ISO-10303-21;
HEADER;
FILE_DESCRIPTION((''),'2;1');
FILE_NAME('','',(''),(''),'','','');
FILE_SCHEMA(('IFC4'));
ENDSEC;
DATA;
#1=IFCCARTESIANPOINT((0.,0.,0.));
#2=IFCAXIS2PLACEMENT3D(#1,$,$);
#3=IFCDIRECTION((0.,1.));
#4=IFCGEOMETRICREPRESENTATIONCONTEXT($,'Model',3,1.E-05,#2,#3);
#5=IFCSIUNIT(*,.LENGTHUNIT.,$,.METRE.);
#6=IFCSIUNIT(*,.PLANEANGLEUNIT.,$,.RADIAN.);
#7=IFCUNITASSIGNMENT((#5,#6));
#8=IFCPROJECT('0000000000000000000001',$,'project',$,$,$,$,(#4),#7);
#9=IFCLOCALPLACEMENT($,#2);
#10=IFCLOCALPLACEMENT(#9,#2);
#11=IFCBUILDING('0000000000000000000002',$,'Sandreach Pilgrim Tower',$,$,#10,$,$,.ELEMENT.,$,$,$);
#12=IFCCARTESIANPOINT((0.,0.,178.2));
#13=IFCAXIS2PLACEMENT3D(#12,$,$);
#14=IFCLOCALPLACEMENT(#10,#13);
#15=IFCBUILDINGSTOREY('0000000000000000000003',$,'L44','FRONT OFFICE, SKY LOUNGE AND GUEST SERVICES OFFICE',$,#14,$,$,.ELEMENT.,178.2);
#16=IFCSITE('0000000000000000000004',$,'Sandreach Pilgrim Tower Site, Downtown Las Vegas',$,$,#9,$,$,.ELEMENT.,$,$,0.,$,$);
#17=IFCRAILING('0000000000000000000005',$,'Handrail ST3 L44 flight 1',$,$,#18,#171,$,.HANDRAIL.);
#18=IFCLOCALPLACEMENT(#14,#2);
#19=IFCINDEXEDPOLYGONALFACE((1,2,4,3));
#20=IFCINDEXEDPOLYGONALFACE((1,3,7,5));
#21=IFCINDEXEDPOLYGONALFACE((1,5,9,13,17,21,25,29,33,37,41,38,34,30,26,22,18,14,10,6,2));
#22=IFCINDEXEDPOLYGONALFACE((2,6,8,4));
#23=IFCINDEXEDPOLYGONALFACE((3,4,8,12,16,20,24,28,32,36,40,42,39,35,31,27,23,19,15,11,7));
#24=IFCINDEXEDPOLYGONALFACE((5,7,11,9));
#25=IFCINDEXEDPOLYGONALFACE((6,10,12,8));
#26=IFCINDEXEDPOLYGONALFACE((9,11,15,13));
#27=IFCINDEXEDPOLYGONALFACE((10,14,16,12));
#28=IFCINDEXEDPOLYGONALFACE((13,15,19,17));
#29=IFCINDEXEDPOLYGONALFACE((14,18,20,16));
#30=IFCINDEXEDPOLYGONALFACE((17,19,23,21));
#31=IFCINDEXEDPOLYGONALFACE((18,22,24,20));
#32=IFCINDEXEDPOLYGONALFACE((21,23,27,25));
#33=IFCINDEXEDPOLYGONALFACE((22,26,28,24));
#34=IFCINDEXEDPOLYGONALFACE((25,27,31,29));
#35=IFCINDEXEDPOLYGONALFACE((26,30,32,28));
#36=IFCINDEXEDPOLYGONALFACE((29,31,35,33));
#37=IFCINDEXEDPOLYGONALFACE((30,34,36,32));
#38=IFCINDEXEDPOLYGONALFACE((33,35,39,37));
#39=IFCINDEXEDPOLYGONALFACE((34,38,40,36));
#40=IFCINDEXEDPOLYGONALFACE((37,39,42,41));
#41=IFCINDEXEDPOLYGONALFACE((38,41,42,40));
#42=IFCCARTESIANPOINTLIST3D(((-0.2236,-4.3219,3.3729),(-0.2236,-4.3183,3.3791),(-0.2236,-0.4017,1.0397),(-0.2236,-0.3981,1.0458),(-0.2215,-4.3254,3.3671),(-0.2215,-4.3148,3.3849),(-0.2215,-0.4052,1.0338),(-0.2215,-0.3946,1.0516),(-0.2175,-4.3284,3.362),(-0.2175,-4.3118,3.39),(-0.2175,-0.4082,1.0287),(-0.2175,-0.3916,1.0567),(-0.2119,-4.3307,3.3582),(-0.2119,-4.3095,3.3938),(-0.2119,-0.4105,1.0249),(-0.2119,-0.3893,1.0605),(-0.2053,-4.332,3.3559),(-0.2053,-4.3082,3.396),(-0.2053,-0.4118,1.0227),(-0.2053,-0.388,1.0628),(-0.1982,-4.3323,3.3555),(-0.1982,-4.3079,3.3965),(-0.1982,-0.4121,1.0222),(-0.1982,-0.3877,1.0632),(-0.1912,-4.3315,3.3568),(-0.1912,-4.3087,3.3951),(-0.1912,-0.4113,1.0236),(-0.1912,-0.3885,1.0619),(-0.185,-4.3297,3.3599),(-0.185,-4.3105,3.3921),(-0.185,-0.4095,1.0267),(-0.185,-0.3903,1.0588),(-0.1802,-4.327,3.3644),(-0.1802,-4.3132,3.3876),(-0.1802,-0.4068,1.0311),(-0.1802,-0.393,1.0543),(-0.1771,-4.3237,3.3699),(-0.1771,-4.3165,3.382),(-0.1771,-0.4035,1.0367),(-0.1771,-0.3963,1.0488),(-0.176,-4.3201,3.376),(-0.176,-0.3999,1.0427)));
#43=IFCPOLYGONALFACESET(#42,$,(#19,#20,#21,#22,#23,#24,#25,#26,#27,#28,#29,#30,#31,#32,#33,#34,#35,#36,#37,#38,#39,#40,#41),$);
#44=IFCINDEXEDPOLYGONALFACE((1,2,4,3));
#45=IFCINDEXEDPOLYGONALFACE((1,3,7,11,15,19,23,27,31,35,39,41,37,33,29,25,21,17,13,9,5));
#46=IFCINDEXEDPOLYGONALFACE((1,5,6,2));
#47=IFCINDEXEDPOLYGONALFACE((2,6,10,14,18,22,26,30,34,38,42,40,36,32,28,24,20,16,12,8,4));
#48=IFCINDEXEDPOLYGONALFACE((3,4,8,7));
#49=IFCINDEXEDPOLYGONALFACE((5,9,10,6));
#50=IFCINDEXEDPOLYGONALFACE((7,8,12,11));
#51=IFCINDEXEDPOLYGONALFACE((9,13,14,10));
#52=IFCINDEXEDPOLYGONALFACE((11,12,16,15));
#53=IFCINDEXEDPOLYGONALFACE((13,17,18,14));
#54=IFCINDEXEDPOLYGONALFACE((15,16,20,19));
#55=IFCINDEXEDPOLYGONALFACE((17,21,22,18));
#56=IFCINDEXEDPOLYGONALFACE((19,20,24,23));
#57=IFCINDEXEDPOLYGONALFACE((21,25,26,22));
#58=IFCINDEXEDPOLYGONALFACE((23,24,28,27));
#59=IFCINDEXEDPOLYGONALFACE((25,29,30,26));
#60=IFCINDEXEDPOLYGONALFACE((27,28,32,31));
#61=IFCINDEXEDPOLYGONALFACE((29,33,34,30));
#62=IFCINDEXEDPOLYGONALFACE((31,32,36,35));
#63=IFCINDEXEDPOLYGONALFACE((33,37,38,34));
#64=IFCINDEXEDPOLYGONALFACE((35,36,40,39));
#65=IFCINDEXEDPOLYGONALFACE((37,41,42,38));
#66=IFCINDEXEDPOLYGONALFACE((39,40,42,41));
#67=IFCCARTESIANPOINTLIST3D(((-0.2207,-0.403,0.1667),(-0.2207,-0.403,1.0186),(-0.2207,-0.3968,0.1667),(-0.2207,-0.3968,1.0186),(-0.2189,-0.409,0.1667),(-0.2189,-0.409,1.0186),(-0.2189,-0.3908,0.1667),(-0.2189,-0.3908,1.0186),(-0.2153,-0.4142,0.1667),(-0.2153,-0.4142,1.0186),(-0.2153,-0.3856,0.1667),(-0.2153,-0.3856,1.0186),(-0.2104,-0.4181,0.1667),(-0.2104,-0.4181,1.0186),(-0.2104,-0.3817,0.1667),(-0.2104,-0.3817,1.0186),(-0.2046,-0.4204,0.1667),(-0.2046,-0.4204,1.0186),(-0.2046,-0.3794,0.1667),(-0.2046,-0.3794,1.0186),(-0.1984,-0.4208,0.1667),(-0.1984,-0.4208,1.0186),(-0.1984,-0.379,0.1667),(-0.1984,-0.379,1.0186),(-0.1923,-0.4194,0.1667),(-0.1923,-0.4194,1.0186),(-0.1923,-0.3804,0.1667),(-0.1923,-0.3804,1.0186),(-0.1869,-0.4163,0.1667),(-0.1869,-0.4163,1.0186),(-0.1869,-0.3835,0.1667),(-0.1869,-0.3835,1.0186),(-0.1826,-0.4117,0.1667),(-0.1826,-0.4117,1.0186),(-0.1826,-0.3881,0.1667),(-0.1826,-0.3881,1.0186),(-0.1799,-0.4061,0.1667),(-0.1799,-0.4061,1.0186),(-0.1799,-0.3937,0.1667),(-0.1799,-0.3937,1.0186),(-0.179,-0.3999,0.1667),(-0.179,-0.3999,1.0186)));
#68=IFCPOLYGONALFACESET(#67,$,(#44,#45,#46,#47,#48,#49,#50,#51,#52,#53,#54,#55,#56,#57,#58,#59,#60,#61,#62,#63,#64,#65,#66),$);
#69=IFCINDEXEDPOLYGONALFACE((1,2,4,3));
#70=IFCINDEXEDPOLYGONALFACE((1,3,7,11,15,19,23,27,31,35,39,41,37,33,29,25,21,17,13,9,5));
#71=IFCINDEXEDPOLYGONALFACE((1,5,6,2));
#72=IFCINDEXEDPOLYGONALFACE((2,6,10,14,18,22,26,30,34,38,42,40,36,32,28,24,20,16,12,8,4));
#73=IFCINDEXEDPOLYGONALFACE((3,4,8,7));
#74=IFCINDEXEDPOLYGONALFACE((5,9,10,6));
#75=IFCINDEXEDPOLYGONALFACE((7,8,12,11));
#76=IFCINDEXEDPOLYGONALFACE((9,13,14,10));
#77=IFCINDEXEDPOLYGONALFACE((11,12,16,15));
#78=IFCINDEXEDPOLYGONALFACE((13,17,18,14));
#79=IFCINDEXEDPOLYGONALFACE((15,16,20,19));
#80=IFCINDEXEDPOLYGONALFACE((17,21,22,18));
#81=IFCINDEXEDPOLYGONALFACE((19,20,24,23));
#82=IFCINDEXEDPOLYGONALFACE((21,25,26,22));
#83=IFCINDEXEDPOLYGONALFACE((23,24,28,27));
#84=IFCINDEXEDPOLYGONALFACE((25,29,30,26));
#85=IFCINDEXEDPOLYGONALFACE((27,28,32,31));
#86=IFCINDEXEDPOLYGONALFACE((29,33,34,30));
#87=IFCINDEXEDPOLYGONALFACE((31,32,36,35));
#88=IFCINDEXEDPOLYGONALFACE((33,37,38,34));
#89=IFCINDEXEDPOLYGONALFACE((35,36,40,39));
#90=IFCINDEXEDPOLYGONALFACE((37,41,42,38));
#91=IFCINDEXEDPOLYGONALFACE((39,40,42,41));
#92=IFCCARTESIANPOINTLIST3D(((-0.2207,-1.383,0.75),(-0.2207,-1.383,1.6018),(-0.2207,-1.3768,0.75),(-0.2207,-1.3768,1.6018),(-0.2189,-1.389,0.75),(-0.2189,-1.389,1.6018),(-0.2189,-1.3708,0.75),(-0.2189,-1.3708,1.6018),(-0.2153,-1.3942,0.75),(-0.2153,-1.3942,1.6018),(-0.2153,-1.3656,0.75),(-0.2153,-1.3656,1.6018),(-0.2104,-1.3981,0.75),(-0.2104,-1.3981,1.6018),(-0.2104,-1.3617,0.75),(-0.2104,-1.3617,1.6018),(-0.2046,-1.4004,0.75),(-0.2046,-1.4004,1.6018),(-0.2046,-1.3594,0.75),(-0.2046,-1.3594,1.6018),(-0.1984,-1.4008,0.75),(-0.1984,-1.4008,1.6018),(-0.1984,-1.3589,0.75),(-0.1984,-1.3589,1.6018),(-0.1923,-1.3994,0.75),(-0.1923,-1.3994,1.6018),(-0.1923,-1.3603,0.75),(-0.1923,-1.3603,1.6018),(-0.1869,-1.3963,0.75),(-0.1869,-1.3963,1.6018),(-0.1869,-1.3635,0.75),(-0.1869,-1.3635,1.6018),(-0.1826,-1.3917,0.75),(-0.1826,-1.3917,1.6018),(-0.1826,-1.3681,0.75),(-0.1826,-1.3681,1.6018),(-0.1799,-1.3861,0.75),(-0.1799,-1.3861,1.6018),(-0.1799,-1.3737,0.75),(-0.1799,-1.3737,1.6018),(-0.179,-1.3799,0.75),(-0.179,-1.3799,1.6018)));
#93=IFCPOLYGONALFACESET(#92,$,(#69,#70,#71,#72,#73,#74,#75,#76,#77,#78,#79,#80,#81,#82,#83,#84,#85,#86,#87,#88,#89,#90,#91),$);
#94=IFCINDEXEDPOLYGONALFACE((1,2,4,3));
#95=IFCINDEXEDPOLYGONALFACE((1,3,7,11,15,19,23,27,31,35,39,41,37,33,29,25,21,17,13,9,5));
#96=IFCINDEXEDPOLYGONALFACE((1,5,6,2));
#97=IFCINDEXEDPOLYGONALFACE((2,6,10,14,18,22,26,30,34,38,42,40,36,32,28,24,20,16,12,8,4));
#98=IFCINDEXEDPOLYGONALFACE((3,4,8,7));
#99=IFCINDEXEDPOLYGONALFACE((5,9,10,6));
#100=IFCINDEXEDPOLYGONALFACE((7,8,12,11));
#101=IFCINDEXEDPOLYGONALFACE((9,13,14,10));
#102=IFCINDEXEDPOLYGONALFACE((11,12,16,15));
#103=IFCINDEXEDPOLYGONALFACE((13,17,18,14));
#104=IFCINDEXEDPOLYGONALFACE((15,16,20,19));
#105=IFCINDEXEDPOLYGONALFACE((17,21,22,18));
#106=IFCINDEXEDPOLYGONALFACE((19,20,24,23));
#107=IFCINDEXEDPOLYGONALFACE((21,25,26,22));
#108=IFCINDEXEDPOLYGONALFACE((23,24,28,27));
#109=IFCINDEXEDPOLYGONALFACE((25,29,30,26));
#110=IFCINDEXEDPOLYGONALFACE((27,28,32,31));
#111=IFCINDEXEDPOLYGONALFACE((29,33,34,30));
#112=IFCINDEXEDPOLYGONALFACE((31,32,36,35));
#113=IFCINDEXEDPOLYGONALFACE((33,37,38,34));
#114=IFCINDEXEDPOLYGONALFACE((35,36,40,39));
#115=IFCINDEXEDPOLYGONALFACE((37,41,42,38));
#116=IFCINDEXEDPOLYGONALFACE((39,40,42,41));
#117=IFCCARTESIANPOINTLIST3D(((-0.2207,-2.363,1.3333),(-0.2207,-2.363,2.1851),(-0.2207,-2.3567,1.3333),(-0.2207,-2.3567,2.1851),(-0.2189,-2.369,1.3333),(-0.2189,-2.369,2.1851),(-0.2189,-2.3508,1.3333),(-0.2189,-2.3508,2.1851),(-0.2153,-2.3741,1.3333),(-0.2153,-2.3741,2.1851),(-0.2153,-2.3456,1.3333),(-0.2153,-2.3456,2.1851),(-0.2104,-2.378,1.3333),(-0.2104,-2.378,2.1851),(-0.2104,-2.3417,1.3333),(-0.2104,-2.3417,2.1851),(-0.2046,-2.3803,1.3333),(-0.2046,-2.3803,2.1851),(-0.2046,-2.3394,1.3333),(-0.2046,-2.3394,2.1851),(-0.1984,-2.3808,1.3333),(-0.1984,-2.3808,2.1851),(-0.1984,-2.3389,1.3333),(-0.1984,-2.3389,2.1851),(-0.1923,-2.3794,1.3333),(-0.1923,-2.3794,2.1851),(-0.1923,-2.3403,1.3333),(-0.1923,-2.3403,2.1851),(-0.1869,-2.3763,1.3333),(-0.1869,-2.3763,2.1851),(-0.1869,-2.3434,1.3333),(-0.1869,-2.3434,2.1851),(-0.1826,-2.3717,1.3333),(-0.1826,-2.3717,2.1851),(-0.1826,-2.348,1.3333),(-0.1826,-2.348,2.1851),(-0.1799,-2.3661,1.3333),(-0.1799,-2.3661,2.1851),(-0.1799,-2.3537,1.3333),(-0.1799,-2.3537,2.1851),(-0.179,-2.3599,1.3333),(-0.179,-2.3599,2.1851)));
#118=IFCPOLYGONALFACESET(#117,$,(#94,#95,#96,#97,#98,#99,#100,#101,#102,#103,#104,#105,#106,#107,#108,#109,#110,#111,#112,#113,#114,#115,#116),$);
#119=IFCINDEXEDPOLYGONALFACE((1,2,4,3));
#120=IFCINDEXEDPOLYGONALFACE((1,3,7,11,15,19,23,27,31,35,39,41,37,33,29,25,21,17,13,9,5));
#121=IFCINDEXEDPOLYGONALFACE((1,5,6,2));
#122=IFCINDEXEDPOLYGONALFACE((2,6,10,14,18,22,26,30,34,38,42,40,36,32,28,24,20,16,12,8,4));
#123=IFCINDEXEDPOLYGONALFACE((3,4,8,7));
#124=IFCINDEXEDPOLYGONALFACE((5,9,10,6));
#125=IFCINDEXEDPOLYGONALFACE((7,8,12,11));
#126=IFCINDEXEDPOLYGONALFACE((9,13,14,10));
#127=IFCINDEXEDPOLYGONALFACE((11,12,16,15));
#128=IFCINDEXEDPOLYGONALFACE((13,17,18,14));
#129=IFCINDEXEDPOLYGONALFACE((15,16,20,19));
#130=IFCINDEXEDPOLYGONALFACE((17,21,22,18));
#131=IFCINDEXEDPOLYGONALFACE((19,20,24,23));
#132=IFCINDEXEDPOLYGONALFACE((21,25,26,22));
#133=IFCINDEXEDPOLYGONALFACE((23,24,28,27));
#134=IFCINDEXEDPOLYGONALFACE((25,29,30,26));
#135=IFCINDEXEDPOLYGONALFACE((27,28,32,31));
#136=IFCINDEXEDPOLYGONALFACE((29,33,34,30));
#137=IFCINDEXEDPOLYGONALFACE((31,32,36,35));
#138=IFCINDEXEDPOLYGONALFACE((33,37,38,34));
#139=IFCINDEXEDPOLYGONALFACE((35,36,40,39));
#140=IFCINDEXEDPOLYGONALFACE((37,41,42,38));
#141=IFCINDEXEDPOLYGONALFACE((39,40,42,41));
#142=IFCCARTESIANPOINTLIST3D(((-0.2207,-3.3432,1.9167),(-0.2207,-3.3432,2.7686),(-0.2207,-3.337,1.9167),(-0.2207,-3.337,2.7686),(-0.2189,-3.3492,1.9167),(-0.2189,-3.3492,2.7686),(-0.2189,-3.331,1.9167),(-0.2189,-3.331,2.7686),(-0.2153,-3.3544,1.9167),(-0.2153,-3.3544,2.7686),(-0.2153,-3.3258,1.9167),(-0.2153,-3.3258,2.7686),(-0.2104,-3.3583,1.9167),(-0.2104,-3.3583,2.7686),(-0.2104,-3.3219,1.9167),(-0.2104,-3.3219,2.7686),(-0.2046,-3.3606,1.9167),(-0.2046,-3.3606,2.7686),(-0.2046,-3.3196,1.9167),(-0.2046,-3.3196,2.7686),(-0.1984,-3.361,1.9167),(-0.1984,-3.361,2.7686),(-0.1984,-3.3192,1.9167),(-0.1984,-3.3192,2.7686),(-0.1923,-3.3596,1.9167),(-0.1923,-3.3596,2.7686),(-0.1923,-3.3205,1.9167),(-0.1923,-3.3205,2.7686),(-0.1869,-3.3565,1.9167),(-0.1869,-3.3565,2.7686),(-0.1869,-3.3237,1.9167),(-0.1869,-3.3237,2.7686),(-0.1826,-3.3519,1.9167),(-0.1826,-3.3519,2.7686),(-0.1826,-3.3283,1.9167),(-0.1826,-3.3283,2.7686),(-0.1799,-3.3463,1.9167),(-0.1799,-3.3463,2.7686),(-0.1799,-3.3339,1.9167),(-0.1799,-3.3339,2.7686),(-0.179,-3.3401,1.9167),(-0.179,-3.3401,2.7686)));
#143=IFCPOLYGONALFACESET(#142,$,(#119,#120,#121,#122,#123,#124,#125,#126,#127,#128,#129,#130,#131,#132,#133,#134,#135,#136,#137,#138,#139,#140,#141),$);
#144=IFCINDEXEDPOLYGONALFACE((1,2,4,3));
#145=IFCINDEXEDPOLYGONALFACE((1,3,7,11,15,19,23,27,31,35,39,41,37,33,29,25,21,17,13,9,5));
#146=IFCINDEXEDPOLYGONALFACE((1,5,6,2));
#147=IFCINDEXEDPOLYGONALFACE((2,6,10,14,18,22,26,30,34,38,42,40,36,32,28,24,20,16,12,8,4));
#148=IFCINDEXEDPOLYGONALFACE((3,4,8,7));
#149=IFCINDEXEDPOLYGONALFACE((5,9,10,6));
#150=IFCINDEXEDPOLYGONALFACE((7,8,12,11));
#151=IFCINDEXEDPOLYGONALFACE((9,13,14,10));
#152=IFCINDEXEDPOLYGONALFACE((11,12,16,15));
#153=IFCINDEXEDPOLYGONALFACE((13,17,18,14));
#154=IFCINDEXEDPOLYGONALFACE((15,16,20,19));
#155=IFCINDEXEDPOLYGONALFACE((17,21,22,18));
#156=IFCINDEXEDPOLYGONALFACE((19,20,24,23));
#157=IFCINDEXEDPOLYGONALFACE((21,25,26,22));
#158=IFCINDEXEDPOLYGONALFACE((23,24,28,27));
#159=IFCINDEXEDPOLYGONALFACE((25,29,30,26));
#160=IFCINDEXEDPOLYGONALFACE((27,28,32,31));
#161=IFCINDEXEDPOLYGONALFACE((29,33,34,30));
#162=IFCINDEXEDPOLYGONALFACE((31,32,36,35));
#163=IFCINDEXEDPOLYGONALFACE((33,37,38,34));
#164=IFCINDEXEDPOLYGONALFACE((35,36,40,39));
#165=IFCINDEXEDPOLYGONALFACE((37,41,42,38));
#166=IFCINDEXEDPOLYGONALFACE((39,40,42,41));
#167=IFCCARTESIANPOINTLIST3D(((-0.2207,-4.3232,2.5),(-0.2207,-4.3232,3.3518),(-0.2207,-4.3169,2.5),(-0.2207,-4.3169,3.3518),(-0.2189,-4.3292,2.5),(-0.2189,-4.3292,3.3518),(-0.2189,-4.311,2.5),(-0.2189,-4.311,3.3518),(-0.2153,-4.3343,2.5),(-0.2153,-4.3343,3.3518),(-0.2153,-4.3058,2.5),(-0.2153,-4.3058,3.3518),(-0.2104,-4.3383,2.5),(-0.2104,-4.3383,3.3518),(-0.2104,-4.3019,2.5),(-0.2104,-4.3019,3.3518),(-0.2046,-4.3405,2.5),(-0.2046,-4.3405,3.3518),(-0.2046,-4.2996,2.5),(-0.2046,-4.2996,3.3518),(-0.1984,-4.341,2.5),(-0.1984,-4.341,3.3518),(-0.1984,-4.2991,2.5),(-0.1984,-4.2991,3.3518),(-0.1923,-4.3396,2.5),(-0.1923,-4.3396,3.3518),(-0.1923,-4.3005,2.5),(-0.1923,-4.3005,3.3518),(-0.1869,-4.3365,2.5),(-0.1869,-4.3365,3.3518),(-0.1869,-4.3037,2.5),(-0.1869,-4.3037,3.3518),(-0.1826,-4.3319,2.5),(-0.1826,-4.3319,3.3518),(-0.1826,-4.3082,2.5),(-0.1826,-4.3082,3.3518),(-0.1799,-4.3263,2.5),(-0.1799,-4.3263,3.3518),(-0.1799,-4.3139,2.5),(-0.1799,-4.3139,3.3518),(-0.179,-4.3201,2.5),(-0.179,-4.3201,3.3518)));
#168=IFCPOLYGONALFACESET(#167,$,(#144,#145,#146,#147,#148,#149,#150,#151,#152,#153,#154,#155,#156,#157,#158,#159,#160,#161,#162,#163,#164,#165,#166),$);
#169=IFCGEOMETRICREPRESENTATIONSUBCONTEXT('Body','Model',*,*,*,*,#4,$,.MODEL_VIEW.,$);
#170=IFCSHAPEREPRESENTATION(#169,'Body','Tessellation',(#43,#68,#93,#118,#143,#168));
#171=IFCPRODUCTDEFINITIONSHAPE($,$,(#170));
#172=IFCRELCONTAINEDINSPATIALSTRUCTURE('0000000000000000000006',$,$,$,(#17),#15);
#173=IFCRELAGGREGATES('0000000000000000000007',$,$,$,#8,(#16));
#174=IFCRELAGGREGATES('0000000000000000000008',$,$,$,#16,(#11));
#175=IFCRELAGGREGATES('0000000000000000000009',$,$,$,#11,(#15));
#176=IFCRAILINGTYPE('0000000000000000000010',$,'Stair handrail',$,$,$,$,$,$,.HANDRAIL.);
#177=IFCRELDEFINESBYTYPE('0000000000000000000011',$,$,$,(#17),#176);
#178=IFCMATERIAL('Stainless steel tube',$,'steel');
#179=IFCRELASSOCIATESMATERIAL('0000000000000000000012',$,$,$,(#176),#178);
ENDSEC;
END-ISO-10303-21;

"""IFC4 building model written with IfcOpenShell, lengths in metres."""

from ifc_helpers import new_model, si_unit, direction, frame, origin, origin_2d, place, context, subcontext, project, spatial, circle, extrude, material, type_object, element, save


model = new_model("IFC4")

# Units and contexts
model_context = context("Model", 3, precision=1e-05, world=origin(), true_north=direction((0.0, 1.0)))
body_context = subcontext(model_context, "Body", "Model", "MODEL_VIEW")
ifc_project = project(units=[si_unit("LENGTHUNIT", "METRE"), si_unit("PLANEANGLEUNIT", "RADIAN")], contexts=[model_context])

# Site, building, storey
site_placement = place(None, origin())
site = spatial("IfcSite", under=ifc_project, at=site_placement, Name="Sandreach Pilgrim Tower Site, Downtown Las Vegas", CompositionType="ELEMENT", RefElevation=0.0)
building_placement = place(site_placement, origin())
building = spatial("IfcBuilding", under=site, at=building_placement, Name="Sandreach Pilgrim Tower", CompositionType="ELEMENT")
storey_placement = place(building_placement, frame((0.0, 0.0, 178.2)))
storey = spatial("IfcBuildingStorey", under=building, at=storey_placement, Name="L44", Description="FRONT OFFICE, SKY LOUNGE AND GUEST SERVICES OFFICE", CompositionType="ELEMENT", Elevation=178.2)

# Railing
ifc_material_1 = material(Name="Stainless steel tube", Category="steel")
railing_type = type_object("IfcRailingType", Name="Stair handrail", PredefinedType="HANDRAIL", material=ifc_material_1)
for number, where, name in (
    (1, (-0.2, -0.3999, 0.1667), "Handrail ST3 L44 flight 1"),
):
    element("IfcRailing", number, at=place(storey_placement, frame(where)), inside=storey, type_object=railing_type, Name=name, PredefinedType="HANDRAIL", context=body_context, shape_type="SweptSolid", body=[
        extrude(circle(Radius=0.0239, at=origin_2d()), frame((0.0, 0.0, 0.876), z_axis=(0.0, -0.85931, 0.511455), x_axis=(1.0, 0.0, 0.0)), (0.0, 0.0, 1.0), 4.562),
        extrude(circle(Radius=0.021, at=origin_2d()), origin(), (0.0, 0.0, 1.0), 0.8518),
        extrude(circle(Radius=0.021, at=origin_2d()), frame((0.0, -0.98, 0.5833)), (0.0, 0.0, 1.0), 0.8518),
        extrude(circle(Radius=0.021, at=origin_2d()), frame((0.0, -1.96, 1.1665)), (0.0, 0.0, 1.0), 0.8518),
        extrude(circle(Radius=0.021, at=origin_2d()), frame((0.0, -2.9402, 1.75)), (0.0, 0.0, 1.0), 0.8518),
        extrude(circle(Radius=0.021, at=origin_2d()), frame((0.0, -3.9202, 2.3333)), (0.0, 0.0, 1.0), 0.8518),
    ])

save(model, "model.ifc")
